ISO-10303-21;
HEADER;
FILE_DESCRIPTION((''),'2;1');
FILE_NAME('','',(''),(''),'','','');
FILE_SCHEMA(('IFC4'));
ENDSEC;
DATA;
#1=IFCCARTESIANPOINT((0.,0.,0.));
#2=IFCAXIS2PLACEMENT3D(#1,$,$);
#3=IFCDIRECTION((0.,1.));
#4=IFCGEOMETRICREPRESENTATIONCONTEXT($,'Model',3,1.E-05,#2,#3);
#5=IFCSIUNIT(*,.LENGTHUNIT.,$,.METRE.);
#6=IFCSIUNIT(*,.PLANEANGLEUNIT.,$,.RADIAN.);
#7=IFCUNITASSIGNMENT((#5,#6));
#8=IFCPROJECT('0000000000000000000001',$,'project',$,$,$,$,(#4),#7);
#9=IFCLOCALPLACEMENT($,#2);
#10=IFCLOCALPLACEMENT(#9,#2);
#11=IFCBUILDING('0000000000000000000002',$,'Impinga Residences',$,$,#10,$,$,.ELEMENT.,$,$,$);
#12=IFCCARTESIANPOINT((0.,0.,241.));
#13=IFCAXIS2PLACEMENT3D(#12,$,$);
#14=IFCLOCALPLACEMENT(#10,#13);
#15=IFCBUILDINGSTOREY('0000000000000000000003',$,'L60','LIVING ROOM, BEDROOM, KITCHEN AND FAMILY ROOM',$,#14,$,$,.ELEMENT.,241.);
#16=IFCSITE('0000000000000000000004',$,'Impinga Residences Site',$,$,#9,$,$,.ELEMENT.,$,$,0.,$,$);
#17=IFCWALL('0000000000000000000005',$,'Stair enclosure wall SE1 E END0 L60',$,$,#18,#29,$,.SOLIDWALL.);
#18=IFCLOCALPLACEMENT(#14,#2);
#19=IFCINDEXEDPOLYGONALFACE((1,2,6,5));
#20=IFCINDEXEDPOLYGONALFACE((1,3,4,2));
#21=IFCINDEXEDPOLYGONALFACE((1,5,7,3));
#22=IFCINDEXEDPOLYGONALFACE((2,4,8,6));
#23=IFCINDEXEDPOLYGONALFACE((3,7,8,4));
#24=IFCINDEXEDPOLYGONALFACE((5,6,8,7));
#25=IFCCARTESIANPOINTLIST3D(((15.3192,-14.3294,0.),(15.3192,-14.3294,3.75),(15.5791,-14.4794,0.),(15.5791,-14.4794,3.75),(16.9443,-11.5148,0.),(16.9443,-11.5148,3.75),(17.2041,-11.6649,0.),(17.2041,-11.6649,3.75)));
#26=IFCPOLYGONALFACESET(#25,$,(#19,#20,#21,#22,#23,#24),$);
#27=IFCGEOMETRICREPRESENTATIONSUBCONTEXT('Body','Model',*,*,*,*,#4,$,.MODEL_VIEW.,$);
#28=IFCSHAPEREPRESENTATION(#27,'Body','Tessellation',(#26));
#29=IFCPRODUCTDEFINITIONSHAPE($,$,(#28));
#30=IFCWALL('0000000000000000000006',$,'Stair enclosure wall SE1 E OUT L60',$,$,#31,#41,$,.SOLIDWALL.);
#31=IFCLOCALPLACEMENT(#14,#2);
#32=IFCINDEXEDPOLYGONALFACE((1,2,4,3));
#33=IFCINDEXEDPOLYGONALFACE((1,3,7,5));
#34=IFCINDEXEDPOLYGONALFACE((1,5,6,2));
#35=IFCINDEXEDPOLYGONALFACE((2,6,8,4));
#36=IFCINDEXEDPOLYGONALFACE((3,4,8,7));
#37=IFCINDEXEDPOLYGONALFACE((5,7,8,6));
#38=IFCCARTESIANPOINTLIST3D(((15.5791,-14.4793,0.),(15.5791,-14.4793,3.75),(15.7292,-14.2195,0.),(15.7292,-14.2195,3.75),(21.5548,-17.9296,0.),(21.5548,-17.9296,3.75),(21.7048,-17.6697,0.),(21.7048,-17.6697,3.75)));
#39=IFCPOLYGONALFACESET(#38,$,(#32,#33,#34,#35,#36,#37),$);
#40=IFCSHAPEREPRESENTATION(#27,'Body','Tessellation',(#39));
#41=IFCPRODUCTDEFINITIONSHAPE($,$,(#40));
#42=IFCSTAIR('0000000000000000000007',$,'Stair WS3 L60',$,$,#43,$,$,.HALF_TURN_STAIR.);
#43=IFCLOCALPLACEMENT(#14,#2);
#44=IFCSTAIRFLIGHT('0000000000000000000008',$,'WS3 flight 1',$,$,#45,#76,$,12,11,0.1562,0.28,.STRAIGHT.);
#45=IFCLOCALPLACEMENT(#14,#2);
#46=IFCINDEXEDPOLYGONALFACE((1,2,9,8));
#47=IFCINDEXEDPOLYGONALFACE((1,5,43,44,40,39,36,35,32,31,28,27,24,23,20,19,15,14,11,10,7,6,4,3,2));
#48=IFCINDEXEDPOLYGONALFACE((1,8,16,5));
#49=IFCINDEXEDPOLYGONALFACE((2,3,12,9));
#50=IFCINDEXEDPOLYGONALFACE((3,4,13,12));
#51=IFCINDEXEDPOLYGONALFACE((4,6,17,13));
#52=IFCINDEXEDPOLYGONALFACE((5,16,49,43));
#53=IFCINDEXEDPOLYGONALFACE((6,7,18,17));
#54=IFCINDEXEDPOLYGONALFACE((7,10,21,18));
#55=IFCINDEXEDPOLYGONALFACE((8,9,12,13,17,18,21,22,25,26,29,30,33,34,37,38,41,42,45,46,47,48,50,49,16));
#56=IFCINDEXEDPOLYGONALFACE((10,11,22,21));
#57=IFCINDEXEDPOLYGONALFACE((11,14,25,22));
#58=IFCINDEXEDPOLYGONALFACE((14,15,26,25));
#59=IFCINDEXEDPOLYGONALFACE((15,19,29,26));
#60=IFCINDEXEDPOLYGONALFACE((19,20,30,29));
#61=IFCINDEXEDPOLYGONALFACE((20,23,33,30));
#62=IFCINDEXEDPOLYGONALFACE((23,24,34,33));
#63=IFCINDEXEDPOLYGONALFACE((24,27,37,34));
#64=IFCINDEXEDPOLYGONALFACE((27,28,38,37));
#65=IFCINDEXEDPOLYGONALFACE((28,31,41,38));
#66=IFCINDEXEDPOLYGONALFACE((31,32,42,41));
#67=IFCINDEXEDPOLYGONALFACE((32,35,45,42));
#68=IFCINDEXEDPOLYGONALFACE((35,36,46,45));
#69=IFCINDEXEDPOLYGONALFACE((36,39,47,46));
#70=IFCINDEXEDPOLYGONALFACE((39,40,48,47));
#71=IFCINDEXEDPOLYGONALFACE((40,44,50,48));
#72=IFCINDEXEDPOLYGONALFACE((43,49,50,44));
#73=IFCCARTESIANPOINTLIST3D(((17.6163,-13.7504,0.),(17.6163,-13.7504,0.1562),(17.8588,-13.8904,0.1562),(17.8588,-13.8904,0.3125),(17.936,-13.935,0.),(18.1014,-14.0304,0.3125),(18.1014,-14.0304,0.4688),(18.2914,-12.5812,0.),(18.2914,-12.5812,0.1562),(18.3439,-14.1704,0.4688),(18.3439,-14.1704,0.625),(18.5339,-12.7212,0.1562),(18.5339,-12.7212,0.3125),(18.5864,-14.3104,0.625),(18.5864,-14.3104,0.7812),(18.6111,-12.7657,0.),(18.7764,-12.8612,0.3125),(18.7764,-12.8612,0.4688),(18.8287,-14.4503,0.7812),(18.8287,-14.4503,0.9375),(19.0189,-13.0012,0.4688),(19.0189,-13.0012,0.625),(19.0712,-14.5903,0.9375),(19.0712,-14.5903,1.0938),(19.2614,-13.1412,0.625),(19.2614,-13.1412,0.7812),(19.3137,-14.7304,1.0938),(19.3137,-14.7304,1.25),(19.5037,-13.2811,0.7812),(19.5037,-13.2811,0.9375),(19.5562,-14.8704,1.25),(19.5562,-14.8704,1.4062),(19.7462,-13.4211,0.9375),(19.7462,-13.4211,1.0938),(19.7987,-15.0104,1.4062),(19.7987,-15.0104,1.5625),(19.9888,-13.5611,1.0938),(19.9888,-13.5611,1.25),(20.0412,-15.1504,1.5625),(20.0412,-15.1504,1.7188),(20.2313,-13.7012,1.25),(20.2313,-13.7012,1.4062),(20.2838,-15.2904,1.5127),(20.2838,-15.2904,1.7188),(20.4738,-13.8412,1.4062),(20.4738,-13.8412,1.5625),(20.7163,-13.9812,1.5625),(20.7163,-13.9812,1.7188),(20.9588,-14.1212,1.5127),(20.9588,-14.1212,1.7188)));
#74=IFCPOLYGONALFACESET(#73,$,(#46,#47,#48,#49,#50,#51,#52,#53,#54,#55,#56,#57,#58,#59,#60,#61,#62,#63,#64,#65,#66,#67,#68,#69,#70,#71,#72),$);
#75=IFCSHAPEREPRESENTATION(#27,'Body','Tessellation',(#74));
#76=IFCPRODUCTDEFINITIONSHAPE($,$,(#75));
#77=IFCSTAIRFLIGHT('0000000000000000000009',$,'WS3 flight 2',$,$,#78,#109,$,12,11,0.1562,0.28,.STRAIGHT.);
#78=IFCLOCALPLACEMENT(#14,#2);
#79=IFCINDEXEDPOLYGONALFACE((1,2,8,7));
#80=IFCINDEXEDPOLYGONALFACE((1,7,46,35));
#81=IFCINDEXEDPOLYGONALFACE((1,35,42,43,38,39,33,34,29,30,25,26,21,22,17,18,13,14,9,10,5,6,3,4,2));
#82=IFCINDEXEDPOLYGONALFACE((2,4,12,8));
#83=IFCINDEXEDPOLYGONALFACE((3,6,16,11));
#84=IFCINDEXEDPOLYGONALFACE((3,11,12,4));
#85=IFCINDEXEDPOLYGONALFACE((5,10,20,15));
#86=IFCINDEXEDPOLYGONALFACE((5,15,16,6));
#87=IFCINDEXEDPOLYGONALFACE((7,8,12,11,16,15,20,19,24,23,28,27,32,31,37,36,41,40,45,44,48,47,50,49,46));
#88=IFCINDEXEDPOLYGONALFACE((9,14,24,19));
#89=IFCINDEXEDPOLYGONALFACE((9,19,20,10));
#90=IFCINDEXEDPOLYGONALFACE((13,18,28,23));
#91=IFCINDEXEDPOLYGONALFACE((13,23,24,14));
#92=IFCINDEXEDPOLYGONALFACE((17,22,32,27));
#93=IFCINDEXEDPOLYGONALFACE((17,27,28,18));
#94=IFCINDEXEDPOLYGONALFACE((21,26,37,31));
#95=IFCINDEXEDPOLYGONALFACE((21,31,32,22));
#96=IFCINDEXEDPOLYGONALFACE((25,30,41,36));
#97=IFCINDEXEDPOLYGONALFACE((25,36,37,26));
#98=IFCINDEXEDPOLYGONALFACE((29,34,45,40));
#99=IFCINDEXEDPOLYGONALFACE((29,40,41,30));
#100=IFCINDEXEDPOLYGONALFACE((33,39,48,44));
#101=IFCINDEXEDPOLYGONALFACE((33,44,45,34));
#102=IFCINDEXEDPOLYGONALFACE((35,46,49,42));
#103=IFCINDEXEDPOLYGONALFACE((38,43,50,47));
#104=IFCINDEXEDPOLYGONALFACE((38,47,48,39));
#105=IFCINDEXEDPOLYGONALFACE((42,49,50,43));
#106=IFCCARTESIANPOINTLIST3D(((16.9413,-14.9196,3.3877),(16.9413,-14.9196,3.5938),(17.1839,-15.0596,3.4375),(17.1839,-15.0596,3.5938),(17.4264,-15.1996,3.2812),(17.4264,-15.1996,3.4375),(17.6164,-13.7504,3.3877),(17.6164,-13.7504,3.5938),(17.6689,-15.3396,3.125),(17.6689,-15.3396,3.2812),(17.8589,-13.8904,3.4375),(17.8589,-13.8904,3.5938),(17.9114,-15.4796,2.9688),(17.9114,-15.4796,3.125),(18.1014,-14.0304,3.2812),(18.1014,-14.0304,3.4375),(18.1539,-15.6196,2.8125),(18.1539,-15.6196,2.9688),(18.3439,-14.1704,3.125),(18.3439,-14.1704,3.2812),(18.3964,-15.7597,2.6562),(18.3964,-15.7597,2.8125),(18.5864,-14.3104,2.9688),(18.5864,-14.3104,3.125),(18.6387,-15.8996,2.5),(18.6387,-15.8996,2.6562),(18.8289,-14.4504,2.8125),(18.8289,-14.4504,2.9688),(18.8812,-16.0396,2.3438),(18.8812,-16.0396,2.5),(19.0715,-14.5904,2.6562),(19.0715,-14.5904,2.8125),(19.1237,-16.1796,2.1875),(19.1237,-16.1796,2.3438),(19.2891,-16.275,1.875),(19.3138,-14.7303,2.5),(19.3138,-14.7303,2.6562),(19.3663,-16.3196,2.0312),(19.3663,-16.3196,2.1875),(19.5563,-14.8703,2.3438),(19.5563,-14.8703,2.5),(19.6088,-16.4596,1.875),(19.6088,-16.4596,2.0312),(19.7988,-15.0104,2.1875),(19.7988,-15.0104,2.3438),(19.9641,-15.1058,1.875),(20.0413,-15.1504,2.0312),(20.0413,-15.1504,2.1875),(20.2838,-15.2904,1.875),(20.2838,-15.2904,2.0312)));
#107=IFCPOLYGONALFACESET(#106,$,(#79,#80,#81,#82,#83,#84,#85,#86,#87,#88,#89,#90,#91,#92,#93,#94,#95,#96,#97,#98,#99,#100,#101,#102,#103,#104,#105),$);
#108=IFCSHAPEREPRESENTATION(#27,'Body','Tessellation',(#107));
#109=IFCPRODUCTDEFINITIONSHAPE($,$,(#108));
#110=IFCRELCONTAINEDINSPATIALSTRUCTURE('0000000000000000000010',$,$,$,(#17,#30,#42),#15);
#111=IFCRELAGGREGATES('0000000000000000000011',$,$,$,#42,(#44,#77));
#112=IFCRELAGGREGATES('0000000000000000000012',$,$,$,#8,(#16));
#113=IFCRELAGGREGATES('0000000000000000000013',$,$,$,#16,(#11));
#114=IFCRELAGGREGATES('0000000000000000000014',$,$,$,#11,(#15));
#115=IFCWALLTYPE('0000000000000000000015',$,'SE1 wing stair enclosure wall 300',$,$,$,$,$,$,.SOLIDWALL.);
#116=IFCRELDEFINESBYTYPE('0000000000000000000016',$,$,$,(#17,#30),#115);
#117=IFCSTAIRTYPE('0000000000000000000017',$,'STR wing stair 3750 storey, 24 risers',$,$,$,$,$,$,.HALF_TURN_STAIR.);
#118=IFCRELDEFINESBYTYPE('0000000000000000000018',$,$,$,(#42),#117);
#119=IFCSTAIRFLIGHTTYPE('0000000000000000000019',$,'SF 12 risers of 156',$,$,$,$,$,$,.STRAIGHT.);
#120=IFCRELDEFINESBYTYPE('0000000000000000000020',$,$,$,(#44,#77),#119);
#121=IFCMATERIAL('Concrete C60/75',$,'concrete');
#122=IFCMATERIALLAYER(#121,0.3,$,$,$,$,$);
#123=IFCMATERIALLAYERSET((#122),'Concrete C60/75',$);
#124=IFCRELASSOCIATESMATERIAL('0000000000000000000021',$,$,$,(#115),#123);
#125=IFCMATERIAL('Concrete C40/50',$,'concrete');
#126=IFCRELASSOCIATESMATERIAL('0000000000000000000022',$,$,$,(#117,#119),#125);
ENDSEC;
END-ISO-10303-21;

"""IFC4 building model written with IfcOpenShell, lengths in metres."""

from ifc_helpers import new_model, si_unit, direction, frame, frame_2d, origin, place, context, subcontext, project, spatial, polyline, rectangle, outline, extrude, material, layer, layer_set, type_object, element, aggregate, save


model = new_model("IFC4")

# Units and contexts
model_context = context("Model", 3, precision=1e-05, world=origin(), true_north=direction((0.0, 1.0)))
body_context = subcontext(model_context, "Body", "Model", "MODEL_VIEW")
ifc_project = project(units=[si_unit("LENGTHUNIT", "METRE"), si_unit("PLANEANGLEUNIT", "RADIAN")], contexts=[model_context])

# Site, building, storey
site_placement = place(None, origin())
site = spatial("IfcSite", under=ifc_project, at=site_placement, Name="Impinga Residences Site", CompositionType="ELEMENT", RefElevation=0.0)
building_placement = place(site_placement, origin())
building = spatial("IfcBuilding", under=site, at=building_placement, Name="Impinga Residences", CompositionType="ELEMENT")
storey_placement = place(building_placement, frame((0.0, 0.0, 241.0)))
storey = spatial("IfcBuildingStorey", under=building, at=storey_placement, Name="L60", Description="LIVING ROOM, BEDROOM, KITCHEN AND FAMILY ROOM", CompositionType="ELEMENT", Elevation=241.0)

# Shared definitions
ifc_material_1 = material(Name="Concrete C60/75", Category="concrete")

# Walls
ifc_layer_1 = layer(ifc_material_1, 0.3)
ifc_layer_set_1 = layer_set([ifc_layer_1], Name="Concrete C60/75")
wall_type_1 = type_object("IfcWallType", Name="SE1 wing stair enclosure wall 300", PredefinedType="SOLIDWALL", material=ifc_layer_set_1)
wall_1_placement = place(storey_placement, frame((17.0742, -11.5898, 0.0), z_axis=(0.0, 0.0, 1.0), x_axis=(-0.500017, -0.866015, 0.0)))
element("IfcWall", 1, at=wall_1_placement, inside=storey, type_object=wall_type_1, Name="Stair enclosure wall SE1 E END0 L60", PredefinedType="SOLIDWALL", context=body_context, shape_type="SweptSolid", body=[
    extrude(rectangle(XDim=3.25, YDim=0.3, at=frame_2d((1.625, 0.0))), origin(), (0.0, 0.0, 1.0), 3.75),
])
wall_2_placement = place(storey_placement, frame((15.6541, -14.3494, 0.0), z_axis=(0.0, 0.0, 1.0), x_axis=(0.866014, -0.500021, 0.0)))
element("IfcWall", 2, at=wall_2_placement, inside=storey, type_object=wall_type_1, Name="Stair enclosure wall SE1 E OUT L60", PredefinedType="SOLIDWALL", context=body_context, shape_type="SweptSolid", body=[
    extrude(rectangle(XDim=6.9001, YDim=0.3, at=frame_2d((3.4502, 0.0))), origin(), (0.0, 0.0, 1.0), 3.75),
])

# Stair, stair flights
ifc_material_2 = material(Name="Concrete C40/50", Category="concrete")
stair_type = type_object("IfcStairType", Name="STR wing stair 3750 storey, 24 risers", PredefinedType="HALF_TURN_STAIR", material=ifc_material_2)
stair_placement = place(storey_placement, origin())
stair = element("IfcStair", 3, at=stair_placement, inside=storey, type_object=stair_type, Name="Stair WS3 L60", PredefinedType="HALF_TURN_STAIR")
stair_flight_type = type_object("IfcStairFlightType", Name="SF 12 risers of 156", PredefinedType="STRAIGHT", material=ifc_material_2)
stair_flight_1_placement = place(storey_placement, frame((17.9539, -13.1658, 0.0), z_axis=(0.0, 0.0, 1.0), x_axis=(0.866025, -0.5, 0.0)))
stair_flight_1 = element("IfcStairFlight", 4, at=stair_flight_1_placement, type_object=stair_flight_type, Name="WS3 flight 1", NumberOfRisers=12, NumberOfTreads=11, PredefinedType="STRAIGHT", RiserHeight=0.1562, TreadLength=0.28, context=body_context, shape_type="SweptSolid", body=[
    extrude(outline(polyline([(0.0, 0.0), (0.0, 0.1562), (0.28, 0.1562), (0.28, 0.3125), (0.5601, 0.3125), (0.5601, 0.4688), (0.8401, 0.4688), (0.8401, 0.625), (1.1201, 0.625), (1.1201, 0.7812), (1.3999, 0.7812), (1.3999, 0.9375), (1.6799, 0.9375), (1.6799, 1.0938), (1.96, 1.0938), (1.96, 1.25), (2.24, 1.25), (2.24, 1.4062), (2.52, 1.4062), (2.52, 1.5625), (2.8, 1.5625), (2.8, 1.7188), (3.0801, 1.7188), (3.0801, 1.875), (3.0801, 1.5127), (0.3691, 0.0), (0.0, 0.0)])), frame((0.0, 0.675, 0.0), z_axis=(0.0, -1.0, 0.0), x_axis=(1.0, 0.0, 0.0)), (0.0, 0.0, 1.0), 1.3501),
])
stair_flight_2_placement = place(storey_placement, frame((19.9463, -15.875, 1.875), z_axis=(0.0, 0.0, 1.0), x_axis=(-0.866025, 0.5, 0.0)))
stair_flight_2 = element("IfcStairFlight", 5, at=stair_flight_2_placement, type_object=stair_flight_type, Name="WS3 flight 2", NumberOfRisers=12, NumberOfTreads=11, PredefinedType="STRAIGHT", RiserHeight=0.1562, TreadLength=0.28, context=body_context, shape_type="SweptSolid", body=[
    extrude(outline(polyline([(0.0, 0.0), (0.0, 0.1562), (0.28, 0.1562), (0.28, 0.3125), (0.5601, 0.3125), (0.5601, 0.4688), (0.8401, 0.4688), (0.8401, 0.625), (1.1201, 0.625), (1.1201, 0.7812), (1.3999, 0.7812), (1.3999, 0.9375), (1.6799, 0.9375), (1.6799, 1.0938), (1.96, 1.0938), (1.96, 1.25), (2.24, 1.25), (2.24, 1.4062), (2.52, 1.4062), (2.52, 1.5625), (2.8, 1.5625), (2.8, 1.7188), (3.0801, 1.7188), (3.0801, 1.875), (3.0801, 1.5127), (0.3691, 0.0), (0.0, 0.0)])), frame((0.0, 0.675, 0.0), z_axis=(0.0, -1.0, 0.0), x_axis=(1.0, 0.0, 0.0)), (0.0, 0.0, 1.0), 1.3501),
])
aggregate(stair, [stair_flight_1, stair_flight_2])

save(model, "model.ifc")
